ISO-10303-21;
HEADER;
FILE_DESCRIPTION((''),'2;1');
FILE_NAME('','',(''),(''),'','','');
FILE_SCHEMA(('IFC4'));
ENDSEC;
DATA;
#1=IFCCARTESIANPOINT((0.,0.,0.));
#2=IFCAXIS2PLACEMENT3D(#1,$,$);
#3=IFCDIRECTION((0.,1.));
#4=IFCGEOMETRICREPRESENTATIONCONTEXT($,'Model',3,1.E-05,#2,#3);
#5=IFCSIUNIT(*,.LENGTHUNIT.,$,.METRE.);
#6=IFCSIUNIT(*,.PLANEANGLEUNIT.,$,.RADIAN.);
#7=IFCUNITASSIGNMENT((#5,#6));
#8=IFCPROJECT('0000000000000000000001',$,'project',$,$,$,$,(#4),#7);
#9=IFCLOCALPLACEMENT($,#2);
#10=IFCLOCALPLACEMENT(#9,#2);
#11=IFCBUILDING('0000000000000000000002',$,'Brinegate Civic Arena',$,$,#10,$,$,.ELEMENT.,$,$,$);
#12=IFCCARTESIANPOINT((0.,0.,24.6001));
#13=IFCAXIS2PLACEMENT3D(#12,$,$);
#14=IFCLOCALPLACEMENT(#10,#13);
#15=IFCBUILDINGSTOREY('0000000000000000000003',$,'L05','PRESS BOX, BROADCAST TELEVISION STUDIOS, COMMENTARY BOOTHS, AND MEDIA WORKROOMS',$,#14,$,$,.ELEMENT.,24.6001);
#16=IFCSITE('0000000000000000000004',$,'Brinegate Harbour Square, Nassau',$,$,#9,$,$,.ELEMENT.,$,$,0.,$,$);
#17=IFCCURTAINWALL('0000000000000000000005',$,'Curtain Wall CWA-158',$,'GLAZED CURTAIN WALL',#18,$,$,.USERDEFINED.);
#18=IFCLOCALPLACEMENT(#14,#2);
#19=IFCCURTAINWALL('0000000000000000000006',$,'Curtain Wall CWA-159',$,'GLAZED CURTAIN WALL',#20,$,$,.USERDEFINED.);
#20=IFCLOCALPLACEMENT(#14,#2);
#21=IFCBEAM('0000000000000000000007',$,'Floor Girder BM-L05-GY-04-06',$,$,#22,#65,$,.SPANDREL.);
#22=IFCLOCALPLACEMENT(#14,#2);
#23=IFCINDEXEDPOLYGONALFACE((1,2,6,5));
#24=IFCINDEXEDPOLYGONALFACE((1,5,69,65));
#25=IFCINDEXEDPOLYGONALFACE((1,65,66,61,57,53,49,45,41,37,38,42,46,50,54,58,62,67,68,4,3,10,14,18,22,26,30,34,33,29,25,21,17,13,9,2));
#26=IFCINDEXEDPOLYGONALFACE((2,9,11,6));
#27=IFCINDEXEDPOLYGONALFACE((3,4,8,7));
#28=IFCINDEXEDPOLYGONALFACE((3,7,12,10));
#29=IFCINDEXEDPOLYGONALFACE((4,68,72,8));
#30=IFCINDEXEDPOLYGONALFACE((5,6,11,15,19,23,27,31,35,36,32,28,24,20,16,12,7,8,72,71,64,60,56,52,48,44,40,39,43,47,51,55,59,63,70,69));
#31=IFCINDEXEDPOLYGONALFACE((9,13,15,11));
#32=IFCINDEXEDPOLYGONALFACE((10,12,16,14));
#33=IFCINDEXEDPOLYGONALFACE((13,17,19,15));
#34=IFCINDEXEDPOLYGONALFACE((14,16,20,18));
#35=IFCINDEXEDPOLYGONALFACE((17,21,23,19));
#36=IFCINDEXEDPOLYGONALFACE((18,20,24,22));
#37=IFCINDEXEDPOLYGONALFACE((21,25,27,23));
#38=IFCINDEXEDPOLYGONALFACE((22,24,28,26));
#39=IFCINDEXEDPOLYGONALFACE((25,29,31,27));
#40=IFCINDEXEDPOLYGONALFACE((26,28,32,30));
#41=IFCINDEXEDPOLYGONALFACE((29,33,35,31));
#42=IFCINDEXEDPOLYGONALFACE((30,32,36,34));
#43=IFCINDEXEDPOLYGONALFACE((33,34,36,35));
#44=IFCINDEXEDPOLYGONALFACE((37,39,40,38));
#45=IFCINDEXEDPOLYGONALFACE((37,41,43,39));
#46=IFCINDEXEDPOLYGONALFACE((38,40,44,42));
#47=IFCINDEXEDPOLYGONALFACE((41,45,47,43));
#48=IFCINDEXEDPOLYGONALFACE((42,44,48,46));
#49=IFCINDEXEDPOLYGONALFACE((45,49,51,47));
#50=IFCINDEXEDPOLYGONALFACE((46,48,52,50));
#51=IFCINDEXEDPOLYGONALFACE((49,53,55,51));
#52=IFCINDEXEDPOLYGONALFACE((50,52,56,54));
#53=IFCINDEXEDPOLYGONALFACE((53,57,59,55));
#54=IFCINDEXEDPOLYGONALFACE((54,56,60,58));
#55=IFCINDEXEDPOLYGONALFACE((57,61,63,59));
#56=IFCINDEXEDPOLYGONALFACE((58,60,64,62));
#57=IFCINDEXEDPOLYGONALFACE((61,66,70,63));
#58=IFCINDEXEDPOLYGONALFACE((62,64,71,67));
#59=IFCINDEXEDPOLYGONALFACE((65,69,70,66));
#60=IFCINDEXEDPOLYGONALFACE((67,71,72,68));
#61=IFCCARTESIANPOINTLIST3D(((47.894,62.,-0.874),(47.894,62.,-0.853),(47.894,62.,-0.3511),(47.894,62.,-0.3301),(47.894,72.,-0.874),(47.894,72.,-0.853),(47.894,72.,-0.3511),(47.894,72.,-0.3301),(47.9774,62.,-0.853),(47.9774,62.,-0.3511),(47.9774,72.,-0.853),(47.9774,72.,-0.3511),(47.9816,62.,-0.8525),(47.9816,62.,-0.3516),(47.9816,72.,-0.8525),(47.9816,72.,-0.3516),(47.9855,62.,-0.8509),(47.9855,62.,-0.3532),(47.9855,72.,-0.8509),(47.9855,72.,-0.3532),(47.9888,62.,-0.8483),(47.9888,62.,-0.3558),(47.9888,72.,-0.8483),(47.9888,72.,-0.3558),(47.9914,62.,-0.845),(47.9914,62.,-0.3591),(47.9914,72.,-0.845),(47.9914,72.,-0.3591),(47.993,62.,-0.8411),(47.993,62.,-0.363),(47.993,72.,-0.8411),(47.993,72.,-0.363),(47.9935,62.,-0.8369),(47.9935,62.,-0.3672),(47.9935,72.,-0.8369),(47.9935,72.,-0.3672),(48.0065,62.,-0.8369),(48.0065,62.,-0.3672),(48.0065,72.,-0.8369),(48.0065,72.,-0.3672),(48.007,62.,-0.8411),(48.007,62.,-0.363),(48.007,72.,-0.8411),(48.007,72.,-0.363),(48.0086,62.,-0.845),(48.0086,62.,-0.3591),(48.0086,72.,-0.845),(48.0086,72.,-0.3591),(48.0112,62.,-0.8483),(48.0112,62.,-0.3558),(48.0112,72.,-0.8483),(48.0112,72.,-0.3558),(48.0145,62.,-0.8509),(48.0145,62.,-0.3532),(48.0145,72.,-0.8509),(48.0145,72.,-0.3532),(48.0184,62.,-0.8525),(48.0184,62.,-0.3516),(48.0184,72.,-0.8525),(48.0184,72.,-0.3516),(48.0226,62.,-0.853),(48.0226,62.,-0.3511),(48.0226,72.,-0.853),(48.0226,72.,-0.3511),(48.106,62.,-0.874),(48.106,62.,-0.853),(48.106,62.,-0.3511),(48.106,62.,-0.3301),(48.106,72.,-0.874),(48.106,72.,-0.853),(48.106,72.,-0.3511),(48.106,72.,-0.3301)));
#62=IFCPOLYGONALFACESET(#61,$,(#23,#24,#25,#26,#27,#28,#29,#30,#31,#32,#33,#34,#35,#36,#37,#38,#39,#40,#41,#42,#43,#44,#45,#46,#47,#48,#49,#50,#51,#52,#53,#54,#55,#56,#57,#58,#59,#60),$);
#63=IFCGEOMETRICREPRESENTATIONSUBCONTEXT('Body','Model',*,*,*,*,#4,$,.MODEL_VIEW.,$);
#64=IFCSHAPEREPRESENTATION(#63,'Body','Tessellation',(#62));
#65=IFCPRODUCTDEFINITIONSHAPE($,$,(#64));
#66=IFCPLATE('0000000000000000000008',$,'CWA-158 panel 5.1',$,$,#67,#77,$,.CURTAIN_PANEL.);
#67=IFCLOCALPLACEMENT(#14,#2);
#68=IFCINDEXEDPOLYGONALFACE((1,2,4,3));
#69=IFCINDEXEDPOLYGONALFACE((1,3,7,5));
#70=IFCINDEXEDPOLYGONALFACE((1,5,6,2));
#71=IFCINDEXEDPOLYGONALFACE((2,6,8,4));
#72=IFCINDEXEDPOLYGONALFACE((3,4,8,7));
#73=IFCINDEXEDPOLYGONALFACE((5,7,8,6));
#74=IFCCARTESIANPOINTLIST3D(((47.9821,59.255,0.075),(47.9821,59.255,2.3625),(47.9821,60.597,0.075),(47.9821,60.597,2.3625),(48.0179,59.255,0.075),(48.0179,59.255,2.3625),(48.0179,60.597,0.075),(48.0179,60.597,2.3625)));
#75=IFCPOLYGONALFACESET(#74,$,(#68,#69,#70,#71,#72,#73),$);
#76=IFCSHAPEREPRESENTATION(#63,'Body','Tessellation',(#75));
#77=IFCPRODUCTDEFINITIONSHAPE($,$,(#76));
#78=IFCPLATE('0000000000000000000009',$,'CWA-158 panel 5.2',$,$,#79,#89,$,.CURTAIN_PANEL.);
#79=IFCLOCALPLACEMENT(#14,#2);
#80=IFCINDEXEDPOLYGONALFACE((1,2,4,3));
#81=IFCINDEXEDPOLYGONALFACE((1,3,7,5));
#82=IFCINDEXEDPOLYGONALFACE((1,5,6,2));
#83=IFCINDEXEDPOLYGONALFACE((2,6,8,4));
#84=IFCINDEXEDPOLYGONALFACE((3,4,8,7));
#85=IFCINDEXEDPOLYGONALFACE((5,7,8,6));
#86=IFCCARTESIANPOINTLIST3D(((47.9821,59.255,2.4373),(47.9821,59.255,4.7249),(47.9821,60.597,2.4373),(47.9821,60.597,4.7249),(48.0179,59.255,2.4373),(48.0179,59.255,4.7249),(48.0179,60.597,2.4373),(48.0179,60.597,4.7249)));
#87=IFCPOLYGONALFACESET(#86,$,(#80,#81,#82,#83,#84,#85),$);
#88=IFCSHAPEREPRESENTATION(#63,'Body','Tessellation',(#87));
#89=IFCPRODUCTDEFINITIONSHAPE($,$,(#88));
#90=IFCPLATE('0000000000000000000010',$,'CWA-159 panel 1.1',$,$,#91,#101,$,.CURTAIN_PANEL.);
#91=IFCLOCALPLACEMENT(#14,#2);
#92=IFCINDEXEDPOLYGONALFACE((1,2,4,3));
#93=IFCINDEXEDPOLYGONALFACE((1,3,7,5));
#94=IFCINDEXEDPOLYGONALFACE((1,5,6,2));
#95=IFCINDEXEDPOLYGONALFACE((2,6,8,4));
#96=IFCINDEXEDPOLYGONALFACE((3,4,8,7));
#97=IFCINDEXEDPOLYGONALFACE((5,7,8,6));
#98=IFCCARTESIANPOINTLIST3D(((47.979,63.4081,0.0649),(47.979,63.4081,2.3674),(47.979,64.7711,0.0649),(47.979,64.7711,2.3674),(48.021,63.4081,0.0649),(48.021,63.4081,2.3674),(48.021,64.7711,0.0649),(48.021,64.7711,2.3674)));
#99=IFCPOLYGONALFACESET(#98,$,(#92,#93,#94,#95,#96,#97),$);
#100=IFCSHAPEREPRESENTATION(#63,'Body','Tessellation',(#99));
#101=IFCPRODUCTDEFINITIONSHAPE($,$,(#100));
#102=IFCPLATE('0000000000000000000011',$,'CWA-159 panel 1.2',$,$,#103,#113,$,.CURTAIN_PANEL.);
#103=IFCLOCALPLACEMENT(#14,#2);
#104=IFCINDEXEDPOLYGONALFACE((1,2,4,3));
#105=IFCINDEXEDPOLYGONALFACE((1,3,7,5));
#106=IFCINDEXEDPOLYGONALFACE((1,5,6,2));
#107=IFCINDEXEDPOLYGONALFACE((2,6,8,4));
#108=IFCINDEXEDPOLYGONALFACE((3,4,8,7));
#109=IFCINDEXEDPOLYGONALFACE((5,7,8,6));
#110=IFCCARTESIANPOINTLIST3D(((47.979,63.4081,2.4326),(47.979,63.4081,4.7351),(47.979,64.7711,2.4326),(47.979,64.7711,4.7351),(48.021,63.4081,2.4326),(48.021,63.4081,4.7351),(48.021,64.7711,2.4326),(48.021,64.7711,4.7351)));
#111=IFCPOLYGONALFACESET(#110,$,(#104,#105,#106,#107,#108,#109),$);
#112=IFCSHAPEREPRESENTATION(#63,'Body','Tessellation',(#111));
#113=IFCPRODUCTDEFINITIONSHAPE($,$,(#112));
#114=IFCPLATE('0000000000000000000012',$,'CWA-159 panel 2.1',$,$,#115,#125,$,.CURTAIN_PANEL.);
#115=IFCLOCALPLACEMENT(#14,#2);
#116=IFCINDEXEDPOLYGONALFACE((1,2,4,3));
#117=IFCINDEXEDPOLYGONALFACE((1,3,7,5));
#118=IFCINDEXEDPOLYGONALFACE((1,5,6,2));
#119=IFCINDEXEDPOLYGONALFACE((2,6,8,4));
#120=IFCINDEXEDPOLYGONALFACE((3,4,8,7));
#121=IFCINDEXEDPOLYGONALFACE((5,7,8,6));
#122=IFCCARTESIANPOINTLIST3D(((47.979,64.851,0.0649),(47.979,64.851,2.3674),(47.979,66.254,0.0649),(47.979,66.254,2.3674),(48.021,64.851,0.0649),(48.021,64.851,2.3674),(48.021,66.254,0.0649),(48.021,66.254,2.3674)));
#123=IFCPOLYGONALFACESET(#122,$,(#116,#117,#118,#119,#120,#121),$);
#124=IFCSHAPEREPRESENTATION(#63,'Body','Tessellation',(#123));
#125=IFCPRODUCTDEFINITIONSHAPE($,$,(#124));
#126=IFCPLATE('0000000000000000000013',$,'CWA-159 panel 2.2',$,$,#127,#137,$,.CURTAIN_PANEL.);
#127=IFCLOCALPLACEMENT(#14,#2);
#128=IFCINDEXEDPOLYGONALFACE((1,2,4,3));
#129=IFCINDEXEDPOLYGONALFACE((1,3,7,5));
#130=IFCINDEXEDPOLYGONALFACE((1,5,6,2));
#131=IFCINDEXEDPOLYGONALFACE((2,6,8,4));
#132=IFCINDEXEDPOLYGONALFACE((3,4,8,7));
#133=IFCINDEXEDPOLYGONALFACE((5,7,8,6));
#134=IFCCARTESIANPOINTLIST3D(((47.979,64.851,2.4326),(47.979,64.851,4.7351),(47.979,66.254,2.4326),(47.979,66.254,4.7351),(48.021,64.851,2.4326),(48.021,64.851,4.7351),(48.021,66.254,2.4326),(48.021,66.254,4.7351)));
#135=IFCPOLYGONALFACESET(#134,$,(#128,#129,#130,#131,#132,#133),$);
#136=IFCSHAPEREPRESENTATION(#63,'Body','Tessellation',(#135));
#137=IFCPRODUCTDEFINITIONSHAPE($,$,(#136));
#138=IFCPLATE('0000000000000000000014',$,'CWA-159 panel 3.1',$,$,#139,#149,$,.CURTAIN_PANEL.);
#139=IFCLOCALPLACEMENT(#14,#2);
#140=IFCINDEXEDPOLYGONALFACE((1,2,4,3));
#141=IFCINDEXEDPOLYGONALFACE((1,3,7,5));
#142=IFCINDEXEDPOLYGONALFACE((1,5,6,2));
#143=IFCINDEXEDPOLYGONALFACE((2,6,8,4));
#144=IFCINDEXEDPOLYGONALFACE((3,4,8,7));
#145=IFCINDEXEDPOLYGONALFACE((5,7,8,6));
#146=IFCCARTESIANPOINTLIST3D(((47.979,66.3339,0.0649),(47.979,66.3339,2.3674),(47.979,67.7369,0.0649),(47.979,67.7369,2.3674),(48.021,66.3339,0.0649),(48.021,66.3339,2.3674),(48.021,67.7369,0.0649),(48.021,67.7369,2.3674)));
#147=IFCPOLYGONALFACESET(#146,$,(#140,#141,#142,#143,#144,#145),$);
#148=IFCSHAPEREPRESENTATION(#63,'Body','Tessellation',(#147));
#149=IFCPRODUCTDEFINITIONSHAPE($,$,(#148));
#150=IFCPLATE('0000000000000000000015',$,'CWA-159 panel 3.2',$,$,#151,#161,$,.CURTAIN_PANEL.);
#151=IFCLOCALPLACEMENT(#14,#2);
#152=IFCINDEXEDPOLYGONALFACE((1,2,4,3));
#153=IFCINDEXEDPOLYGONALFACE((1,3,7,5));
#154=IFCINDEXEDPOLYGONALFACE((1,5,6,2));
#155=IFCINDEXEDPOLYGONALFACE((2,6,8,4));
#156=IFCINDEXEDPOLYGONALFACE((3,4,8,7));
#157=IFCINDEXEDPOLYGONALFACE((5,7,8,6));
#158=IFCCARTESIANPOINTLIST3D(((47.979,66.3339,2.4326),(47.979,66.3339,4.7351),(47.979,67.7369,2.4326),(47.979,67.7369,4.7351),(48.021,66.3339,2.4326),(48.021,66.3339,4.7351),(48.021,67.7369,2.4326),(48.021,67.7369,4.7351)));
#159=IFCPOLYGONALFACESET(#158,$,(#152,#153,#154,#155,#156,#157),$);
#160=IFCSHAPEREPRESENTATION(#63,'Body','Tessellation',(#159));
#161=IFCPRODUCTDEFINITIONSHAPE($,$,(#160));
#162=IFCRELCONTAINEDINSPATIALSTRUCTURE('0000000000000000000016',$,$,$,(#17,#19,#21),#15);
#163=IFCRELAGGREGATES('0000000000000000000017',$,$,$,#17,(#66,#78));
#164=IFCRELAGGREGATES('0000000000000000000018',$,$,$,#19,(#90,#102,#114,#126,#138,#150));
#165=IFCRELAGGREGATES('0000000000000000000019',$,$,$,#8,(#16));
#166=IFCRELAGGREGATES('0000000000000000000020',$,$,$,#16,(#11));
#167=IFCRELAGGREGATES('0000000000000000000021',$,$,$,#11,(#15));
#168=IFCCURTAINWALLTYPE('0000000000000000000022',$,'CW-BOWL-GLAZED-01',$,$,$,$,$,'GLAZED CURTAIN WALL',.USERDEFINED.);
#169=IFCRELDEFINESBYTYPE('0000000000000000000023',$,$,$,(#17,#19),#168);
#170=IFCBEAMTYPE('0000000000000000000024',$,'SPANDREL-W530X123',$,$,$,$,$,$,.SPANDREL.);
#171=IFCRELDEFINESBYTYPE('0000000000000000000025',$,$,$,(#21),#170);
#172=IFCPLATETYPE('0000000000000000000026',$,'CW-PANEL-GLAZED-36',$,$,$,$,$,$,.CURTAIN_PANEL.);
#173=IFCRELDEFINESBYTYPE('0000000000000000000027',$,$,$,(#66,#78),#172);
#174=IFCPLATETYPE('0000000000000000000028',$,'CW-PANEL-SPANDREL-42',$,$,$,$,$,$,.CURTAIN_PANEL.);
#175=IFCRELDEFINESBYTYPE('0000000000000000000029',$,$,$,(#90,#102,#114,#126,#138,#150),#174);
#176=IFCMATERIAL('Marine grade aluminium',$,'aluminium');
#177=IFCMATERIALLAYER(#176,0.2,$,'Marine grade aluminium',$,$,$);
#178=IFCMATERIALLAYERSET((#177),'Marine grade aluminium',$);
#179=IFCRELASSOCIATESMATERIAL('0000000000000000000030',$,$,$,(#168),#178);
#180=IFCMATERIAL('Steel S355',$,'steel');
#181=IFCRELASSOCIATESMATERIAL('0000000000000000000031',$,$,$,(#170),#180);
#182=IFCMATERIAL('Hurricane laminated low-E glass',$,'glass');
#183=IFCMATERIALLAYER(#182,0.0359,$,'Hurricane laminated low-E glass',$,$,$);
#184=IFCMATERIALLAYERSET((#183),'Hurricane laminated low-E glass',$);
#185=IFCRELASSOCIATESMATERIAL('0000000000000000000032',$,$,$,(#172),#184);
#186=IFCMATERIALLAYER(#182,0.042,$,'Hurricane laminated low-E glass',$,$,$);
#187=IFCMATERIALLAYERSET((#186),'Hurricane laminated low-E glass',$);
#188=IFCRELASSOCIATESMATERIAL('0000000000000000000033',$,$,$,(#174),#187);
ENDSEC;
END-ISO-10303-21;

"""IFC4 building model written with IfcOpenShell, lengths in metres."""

from ifc_helpers import new_model, si_unit, direction, frame, origin, origin_2d, place, context, subcontext, project, spatial, rectangle, i_section, extrude, material, layer, layer_set, material_profile, profile_set, type_object, element, aggregate, save


model = new_model("IFC4")

# Units and contexts
model_context = context("Model", 3, precision=1e-05, world=origin(), true_north=direction((0.0, 1.0)))
body_context = subcontext(model_context, "Body", "Model", "MODEL_VIEW")
ifc_project = project(units=[si_unit("LENGTHUNIT", "METRE"), si_unit("PLANEANGLEUNIT", "RADIAN")], contexts=[model_context])

# Site, building, storey
site_placement = place(None, origin())
site = spatial("IfcSite", under=ifc_project, at=site_placement, Name="Brinegate Harbour Square, Nassau", CompositionType="ELEMENT", RefElevation=0.0)
building_placement = place(site_placement, origin())
building = spatial("IfcBuilding", under=site, at=building_placement, Name="Brinegate Civic Arena", CompositionType="ELEMENT")
storey_placement = place(building_placement, frame((0.0, 0.0, 24.6001)))
storey = spatial("IfcBuildingStorey", under=building, at=storey_placement, Name="L05", Description="PRESS BOX, BROADCAST TELEVISION STUDIOS, COMMENTARY BOOTHS, AND MEDIA WORKROOMS", CompositionType="ELEMENT", Elevation=24.6001)

# Curtain wall
ifc_material_1 = material(Name="Marine grade aluminium", Category="aluminium")
ifc_layer_1 = layer(ifc_material_1, 0.2, Name="Marine grade aluminium")
ifc_layer_set_1 = layer_set([ifc_layer_1], Name="Marine grade aluminium")
curtain_wall_type = type_object("IfcCurtainWallType", Name="CW-BOWL-GLAZED-01", ElementType="GLAZED CURTAIN WALL", PredefinedType="USERDEFINED", material=ifc_layer_set_1)
curtain_wall_1_placement = place(storey_placement, origin())
curtain_wall_1 = element("IfcCurtainWall", 1, at=curtain_wall_1_placement, inside=storey, type_object=curtain_wall_type, Name="Curtain Wall CWA-158", ObjectType="GLAZED CURTAIN WALL", PredefinedType="USERDEFINED")

# Curtain wall
curtain_wall_2_placement = place(storey_placement, origin())
curtain_wall_2 = element("IfcCurtainWall", 2, at=curtain_wall_2_placement, inside=storey, type_object=curtain_wall_type, Name="Curtain Wall CWA-159", ObjectType="GLAZED CURTAIN WALL", PredefinedType="USERDEFINED")

# Beam
ifc_material_2 = material(Name="Steel S355", Category="steel")
ifc_material_profile_1 = material_profile(ifc_material_2, i_section(OverallWidth=0.2119, OverallDepth=0.5439, WebThickness=0.0129, FlangeThickness=0.021, FilletRadius=0.0161, at=origin_2d()), Name="W530X123")
ifc_profile_set_1 = profile_set([ifc_material_profile_1], Name="Steel S355")
beam_type_1 = type_object("IfcBeamType", Name="SPANDREL-W530X123", PredefinedType="SPANDREL", material=ifc_profile_set_1)
beam_1_placement = place(storey_placement, frame((48.0, 62.0, -0.6021), z_axis=(0.0, 1.0, 0.0), x_axis=(-1.0, 0.0, 0.0)))
element("IfcBeam", 3, at=beam_1_placement, inside=storey, type_object=beam_type_1, Name="Floor Girder BM-L05-GY-04-06", PredefinedType="SPANDREL", context=body_context, shape_type="SweptSolid", body=[
    extrude(i_section(OverallWidth=0.2119, OverallDepth=0.5439, WebThickness=0.0129, FlangeThickness=0.021, FilletRadius=0.0161, at=origin_2d()), origin(), (0.0, 0.0, 1.0), 10.0),
])

# Plates
ifc_material_3 = material(Name="Hurricane laminated low-E glass", Category="glass")
ifc_layer_2 = layer(ifc_material_3, 0.0359, Name="Hurricane laminated low-E glass")
ifc_layer_set_2 = layer_set([ifc_layer_2], Name="Hurricane laminated low-E glass")
plate_type_1 = type_object("IfcPlateType", Name="CW-PANEL-GLAZED-36", PredefinedType="CURTAIN_PANEL", material=ifc_layer_set_2)
plate_1_placement = place(storey_placement, frame((48.0, 59.926, 0.075), z_axis=(0.0, 0.0, 1.0), x_axis=(0.0, 1.0, 0.0)))
plate_1 = element("IfcPlate", 4, at=plate_1_placement, type_object=plate_type_1, Name="CWA-158 panel 5.1", PredefinedType="CURTAIN_PANEL", context=body_context, shape_type="SweptSolid", body=[
    extrude(rectangle(XDim=1.342, YDim=0.0359, at=origin_2d()), origin(), (0.0, 0.0, 1.0), 2.2876),
])
plate_2_placement = place(storey_placement, frame((48.0, 59.926, 2.4373), z_axis=(0.0, 0.0, 1.0), x_axis=(0.0, 1.0, 0.0)))
plate_2 = element("IfcPlate", 5, at=plate_2_placement, type_object=plate_type_1, Name="CWA-158 panel 5.2", PredefinedType="CURTAIN_PANEL", context=body_context, shape_type="SweptSolid", body=[
    extrude(rectangle(XDim=1.342, YDim=0.0359, at=origin_2d()), origin(), (0.0, 0.0, 1.0), 2.2876),
])
aggregate(curtain_wall_1, [plate_1, plate_2])
ifc_layer_3 = layer(ifc_material_3, 0.042, Name="Hurricane laminated low-E glass")
ifc_layer_set_3 = layer_set([ifc_layer_3], Name="Hurricane laminated low-E glass")
plate_type_2 = type_object("IfcPlateType", Name="CW-PANEL-SPANDREL-42", PredefinedType="CURTAIN_PANEL", material=ifc_layer_set_3)
plate_3_placement = place(storey_placement, frame((48.0, 64.0896, 0.0649), z_axis=(0.0, 0.0, 1.0), x_axis=(0.0, 1.0, 0.0)))
plate_3 = element("IfcPlate", 6, at=plate_3_placement, type_object=plate_type_2, Name="CWA-159 panel 1.1", PredefinedType="CURTAIN_PANEL", context=body_context, shape_type="SweptSolid", body=[
    extrude(rectangle(XDim=1.363, YDim=0.042, at=origin_2d()), origin(), (0.0, 0.0, 1.0), 2.3025),
])
plate_4_placement = place(storey_placement, frame((48.0, 64.0896, 2.4326), z_axis=(0.0, 0.0, 1.0), x_axis=(0.0, 1.0, 0.0)))
plate_4 = element("IfcPlate", 7, at=plate_4_placement, type_object=plate_type_2, Name="CWA-159 panel 1.2", PredefinedType="CURTAIN_PANEL", context=body_context, shape_type="SweptSolid", body=[
    extrude(rectangle(XDim=1.363, YDim=0.042, at=origin_2d()), origin(), (0.0, 0.0, 1.0), 2.3025),
])
plate_5_placement = place(storey_placement, frame((48.0, 65.5525, 0.0649), z_axis=(0.0, 0.0, 1.0), x_axis=(0.0, 1.0, 0.0)))
plate_5 = element("IfcPlate", 8, at=plate_5_placement, type_object=plate_type_2, Name="CWA-159 panel 2.1", PredefinedType="CURTAIN_PANEL", context=body_context, shape_type="SweptSolid", body=[
    extrude(rectangle(XDim=1.4031, YDim=0.042, at=origin_2d()), origin(), (0.0, 0.0, 1.0), 2.3025),
])
plate_6_placement = place(storey_placement, frame((48.0, 65.5525, 2.4326), z_axis=(0.0, 0.0, 1.0), x_axis=(0.0, 1.0, 0.0)))
plate_6 = element("IfcPlate", 9, at=plate_6_placement, type_object=plate_type_2, Name="CWA-159 panel 2.2", PredefinedType="CURTAIN_PANEL", context=body_context, shape_type="SweptSolid", body=[
    extrude(rectangle(XDim=1.4031, YDim=0.042, at=origin_2d()), origin(), (0.0, 0.0, 1.0), 2.3025),
])
plate_7_placement = place(storey_placement, frame((48.0, 67.0354, 0.0649), z_axis=(0.0, 0.0, 1.0), x_axis=(0.0, 1.0, 0.0)))
plate_7 = element("IfcPlate", 10, at=plate_7_placement, type_object=plate_type_2, Name="CWA-159 panel 3.1", PredefinedType="CURTAIN_PANEL", context=body_context, shape_type="SweptSolid", body=[
    extrude(rectangle(XDim=1.4031, YDim=0.042, at=origin_2d()), origin(), (0.0, 0.0, 1.0), 2.3025),
])
plate_8_placement = place(storey_placement, frame((48.0, 67.0354, 2.4326), z_axis=(0.0, 0.0, 1.0), x_axis=(0.0, 1.0, 0.0)))
plate_8 = element("IfcPlate", 11, at=plate_8_placement, type_object=plate_type_2, Name="CWA-159 panel 3.2", PredefinedType="CURTAIN_PANEL", context=body_context, shape_type="SweptSolid", body=[
    extrude(rectangle(XDim=1.4031, YDim=0.042, at=origin_2d()), origin(), (0.0, 0.0, 1.0), 2.3025),
])
aggregate(curtain_wall_2, [plate_3, plate_4, plate_5, plate_6, plate_7, plate_8])

save(model, "model.ifc")
